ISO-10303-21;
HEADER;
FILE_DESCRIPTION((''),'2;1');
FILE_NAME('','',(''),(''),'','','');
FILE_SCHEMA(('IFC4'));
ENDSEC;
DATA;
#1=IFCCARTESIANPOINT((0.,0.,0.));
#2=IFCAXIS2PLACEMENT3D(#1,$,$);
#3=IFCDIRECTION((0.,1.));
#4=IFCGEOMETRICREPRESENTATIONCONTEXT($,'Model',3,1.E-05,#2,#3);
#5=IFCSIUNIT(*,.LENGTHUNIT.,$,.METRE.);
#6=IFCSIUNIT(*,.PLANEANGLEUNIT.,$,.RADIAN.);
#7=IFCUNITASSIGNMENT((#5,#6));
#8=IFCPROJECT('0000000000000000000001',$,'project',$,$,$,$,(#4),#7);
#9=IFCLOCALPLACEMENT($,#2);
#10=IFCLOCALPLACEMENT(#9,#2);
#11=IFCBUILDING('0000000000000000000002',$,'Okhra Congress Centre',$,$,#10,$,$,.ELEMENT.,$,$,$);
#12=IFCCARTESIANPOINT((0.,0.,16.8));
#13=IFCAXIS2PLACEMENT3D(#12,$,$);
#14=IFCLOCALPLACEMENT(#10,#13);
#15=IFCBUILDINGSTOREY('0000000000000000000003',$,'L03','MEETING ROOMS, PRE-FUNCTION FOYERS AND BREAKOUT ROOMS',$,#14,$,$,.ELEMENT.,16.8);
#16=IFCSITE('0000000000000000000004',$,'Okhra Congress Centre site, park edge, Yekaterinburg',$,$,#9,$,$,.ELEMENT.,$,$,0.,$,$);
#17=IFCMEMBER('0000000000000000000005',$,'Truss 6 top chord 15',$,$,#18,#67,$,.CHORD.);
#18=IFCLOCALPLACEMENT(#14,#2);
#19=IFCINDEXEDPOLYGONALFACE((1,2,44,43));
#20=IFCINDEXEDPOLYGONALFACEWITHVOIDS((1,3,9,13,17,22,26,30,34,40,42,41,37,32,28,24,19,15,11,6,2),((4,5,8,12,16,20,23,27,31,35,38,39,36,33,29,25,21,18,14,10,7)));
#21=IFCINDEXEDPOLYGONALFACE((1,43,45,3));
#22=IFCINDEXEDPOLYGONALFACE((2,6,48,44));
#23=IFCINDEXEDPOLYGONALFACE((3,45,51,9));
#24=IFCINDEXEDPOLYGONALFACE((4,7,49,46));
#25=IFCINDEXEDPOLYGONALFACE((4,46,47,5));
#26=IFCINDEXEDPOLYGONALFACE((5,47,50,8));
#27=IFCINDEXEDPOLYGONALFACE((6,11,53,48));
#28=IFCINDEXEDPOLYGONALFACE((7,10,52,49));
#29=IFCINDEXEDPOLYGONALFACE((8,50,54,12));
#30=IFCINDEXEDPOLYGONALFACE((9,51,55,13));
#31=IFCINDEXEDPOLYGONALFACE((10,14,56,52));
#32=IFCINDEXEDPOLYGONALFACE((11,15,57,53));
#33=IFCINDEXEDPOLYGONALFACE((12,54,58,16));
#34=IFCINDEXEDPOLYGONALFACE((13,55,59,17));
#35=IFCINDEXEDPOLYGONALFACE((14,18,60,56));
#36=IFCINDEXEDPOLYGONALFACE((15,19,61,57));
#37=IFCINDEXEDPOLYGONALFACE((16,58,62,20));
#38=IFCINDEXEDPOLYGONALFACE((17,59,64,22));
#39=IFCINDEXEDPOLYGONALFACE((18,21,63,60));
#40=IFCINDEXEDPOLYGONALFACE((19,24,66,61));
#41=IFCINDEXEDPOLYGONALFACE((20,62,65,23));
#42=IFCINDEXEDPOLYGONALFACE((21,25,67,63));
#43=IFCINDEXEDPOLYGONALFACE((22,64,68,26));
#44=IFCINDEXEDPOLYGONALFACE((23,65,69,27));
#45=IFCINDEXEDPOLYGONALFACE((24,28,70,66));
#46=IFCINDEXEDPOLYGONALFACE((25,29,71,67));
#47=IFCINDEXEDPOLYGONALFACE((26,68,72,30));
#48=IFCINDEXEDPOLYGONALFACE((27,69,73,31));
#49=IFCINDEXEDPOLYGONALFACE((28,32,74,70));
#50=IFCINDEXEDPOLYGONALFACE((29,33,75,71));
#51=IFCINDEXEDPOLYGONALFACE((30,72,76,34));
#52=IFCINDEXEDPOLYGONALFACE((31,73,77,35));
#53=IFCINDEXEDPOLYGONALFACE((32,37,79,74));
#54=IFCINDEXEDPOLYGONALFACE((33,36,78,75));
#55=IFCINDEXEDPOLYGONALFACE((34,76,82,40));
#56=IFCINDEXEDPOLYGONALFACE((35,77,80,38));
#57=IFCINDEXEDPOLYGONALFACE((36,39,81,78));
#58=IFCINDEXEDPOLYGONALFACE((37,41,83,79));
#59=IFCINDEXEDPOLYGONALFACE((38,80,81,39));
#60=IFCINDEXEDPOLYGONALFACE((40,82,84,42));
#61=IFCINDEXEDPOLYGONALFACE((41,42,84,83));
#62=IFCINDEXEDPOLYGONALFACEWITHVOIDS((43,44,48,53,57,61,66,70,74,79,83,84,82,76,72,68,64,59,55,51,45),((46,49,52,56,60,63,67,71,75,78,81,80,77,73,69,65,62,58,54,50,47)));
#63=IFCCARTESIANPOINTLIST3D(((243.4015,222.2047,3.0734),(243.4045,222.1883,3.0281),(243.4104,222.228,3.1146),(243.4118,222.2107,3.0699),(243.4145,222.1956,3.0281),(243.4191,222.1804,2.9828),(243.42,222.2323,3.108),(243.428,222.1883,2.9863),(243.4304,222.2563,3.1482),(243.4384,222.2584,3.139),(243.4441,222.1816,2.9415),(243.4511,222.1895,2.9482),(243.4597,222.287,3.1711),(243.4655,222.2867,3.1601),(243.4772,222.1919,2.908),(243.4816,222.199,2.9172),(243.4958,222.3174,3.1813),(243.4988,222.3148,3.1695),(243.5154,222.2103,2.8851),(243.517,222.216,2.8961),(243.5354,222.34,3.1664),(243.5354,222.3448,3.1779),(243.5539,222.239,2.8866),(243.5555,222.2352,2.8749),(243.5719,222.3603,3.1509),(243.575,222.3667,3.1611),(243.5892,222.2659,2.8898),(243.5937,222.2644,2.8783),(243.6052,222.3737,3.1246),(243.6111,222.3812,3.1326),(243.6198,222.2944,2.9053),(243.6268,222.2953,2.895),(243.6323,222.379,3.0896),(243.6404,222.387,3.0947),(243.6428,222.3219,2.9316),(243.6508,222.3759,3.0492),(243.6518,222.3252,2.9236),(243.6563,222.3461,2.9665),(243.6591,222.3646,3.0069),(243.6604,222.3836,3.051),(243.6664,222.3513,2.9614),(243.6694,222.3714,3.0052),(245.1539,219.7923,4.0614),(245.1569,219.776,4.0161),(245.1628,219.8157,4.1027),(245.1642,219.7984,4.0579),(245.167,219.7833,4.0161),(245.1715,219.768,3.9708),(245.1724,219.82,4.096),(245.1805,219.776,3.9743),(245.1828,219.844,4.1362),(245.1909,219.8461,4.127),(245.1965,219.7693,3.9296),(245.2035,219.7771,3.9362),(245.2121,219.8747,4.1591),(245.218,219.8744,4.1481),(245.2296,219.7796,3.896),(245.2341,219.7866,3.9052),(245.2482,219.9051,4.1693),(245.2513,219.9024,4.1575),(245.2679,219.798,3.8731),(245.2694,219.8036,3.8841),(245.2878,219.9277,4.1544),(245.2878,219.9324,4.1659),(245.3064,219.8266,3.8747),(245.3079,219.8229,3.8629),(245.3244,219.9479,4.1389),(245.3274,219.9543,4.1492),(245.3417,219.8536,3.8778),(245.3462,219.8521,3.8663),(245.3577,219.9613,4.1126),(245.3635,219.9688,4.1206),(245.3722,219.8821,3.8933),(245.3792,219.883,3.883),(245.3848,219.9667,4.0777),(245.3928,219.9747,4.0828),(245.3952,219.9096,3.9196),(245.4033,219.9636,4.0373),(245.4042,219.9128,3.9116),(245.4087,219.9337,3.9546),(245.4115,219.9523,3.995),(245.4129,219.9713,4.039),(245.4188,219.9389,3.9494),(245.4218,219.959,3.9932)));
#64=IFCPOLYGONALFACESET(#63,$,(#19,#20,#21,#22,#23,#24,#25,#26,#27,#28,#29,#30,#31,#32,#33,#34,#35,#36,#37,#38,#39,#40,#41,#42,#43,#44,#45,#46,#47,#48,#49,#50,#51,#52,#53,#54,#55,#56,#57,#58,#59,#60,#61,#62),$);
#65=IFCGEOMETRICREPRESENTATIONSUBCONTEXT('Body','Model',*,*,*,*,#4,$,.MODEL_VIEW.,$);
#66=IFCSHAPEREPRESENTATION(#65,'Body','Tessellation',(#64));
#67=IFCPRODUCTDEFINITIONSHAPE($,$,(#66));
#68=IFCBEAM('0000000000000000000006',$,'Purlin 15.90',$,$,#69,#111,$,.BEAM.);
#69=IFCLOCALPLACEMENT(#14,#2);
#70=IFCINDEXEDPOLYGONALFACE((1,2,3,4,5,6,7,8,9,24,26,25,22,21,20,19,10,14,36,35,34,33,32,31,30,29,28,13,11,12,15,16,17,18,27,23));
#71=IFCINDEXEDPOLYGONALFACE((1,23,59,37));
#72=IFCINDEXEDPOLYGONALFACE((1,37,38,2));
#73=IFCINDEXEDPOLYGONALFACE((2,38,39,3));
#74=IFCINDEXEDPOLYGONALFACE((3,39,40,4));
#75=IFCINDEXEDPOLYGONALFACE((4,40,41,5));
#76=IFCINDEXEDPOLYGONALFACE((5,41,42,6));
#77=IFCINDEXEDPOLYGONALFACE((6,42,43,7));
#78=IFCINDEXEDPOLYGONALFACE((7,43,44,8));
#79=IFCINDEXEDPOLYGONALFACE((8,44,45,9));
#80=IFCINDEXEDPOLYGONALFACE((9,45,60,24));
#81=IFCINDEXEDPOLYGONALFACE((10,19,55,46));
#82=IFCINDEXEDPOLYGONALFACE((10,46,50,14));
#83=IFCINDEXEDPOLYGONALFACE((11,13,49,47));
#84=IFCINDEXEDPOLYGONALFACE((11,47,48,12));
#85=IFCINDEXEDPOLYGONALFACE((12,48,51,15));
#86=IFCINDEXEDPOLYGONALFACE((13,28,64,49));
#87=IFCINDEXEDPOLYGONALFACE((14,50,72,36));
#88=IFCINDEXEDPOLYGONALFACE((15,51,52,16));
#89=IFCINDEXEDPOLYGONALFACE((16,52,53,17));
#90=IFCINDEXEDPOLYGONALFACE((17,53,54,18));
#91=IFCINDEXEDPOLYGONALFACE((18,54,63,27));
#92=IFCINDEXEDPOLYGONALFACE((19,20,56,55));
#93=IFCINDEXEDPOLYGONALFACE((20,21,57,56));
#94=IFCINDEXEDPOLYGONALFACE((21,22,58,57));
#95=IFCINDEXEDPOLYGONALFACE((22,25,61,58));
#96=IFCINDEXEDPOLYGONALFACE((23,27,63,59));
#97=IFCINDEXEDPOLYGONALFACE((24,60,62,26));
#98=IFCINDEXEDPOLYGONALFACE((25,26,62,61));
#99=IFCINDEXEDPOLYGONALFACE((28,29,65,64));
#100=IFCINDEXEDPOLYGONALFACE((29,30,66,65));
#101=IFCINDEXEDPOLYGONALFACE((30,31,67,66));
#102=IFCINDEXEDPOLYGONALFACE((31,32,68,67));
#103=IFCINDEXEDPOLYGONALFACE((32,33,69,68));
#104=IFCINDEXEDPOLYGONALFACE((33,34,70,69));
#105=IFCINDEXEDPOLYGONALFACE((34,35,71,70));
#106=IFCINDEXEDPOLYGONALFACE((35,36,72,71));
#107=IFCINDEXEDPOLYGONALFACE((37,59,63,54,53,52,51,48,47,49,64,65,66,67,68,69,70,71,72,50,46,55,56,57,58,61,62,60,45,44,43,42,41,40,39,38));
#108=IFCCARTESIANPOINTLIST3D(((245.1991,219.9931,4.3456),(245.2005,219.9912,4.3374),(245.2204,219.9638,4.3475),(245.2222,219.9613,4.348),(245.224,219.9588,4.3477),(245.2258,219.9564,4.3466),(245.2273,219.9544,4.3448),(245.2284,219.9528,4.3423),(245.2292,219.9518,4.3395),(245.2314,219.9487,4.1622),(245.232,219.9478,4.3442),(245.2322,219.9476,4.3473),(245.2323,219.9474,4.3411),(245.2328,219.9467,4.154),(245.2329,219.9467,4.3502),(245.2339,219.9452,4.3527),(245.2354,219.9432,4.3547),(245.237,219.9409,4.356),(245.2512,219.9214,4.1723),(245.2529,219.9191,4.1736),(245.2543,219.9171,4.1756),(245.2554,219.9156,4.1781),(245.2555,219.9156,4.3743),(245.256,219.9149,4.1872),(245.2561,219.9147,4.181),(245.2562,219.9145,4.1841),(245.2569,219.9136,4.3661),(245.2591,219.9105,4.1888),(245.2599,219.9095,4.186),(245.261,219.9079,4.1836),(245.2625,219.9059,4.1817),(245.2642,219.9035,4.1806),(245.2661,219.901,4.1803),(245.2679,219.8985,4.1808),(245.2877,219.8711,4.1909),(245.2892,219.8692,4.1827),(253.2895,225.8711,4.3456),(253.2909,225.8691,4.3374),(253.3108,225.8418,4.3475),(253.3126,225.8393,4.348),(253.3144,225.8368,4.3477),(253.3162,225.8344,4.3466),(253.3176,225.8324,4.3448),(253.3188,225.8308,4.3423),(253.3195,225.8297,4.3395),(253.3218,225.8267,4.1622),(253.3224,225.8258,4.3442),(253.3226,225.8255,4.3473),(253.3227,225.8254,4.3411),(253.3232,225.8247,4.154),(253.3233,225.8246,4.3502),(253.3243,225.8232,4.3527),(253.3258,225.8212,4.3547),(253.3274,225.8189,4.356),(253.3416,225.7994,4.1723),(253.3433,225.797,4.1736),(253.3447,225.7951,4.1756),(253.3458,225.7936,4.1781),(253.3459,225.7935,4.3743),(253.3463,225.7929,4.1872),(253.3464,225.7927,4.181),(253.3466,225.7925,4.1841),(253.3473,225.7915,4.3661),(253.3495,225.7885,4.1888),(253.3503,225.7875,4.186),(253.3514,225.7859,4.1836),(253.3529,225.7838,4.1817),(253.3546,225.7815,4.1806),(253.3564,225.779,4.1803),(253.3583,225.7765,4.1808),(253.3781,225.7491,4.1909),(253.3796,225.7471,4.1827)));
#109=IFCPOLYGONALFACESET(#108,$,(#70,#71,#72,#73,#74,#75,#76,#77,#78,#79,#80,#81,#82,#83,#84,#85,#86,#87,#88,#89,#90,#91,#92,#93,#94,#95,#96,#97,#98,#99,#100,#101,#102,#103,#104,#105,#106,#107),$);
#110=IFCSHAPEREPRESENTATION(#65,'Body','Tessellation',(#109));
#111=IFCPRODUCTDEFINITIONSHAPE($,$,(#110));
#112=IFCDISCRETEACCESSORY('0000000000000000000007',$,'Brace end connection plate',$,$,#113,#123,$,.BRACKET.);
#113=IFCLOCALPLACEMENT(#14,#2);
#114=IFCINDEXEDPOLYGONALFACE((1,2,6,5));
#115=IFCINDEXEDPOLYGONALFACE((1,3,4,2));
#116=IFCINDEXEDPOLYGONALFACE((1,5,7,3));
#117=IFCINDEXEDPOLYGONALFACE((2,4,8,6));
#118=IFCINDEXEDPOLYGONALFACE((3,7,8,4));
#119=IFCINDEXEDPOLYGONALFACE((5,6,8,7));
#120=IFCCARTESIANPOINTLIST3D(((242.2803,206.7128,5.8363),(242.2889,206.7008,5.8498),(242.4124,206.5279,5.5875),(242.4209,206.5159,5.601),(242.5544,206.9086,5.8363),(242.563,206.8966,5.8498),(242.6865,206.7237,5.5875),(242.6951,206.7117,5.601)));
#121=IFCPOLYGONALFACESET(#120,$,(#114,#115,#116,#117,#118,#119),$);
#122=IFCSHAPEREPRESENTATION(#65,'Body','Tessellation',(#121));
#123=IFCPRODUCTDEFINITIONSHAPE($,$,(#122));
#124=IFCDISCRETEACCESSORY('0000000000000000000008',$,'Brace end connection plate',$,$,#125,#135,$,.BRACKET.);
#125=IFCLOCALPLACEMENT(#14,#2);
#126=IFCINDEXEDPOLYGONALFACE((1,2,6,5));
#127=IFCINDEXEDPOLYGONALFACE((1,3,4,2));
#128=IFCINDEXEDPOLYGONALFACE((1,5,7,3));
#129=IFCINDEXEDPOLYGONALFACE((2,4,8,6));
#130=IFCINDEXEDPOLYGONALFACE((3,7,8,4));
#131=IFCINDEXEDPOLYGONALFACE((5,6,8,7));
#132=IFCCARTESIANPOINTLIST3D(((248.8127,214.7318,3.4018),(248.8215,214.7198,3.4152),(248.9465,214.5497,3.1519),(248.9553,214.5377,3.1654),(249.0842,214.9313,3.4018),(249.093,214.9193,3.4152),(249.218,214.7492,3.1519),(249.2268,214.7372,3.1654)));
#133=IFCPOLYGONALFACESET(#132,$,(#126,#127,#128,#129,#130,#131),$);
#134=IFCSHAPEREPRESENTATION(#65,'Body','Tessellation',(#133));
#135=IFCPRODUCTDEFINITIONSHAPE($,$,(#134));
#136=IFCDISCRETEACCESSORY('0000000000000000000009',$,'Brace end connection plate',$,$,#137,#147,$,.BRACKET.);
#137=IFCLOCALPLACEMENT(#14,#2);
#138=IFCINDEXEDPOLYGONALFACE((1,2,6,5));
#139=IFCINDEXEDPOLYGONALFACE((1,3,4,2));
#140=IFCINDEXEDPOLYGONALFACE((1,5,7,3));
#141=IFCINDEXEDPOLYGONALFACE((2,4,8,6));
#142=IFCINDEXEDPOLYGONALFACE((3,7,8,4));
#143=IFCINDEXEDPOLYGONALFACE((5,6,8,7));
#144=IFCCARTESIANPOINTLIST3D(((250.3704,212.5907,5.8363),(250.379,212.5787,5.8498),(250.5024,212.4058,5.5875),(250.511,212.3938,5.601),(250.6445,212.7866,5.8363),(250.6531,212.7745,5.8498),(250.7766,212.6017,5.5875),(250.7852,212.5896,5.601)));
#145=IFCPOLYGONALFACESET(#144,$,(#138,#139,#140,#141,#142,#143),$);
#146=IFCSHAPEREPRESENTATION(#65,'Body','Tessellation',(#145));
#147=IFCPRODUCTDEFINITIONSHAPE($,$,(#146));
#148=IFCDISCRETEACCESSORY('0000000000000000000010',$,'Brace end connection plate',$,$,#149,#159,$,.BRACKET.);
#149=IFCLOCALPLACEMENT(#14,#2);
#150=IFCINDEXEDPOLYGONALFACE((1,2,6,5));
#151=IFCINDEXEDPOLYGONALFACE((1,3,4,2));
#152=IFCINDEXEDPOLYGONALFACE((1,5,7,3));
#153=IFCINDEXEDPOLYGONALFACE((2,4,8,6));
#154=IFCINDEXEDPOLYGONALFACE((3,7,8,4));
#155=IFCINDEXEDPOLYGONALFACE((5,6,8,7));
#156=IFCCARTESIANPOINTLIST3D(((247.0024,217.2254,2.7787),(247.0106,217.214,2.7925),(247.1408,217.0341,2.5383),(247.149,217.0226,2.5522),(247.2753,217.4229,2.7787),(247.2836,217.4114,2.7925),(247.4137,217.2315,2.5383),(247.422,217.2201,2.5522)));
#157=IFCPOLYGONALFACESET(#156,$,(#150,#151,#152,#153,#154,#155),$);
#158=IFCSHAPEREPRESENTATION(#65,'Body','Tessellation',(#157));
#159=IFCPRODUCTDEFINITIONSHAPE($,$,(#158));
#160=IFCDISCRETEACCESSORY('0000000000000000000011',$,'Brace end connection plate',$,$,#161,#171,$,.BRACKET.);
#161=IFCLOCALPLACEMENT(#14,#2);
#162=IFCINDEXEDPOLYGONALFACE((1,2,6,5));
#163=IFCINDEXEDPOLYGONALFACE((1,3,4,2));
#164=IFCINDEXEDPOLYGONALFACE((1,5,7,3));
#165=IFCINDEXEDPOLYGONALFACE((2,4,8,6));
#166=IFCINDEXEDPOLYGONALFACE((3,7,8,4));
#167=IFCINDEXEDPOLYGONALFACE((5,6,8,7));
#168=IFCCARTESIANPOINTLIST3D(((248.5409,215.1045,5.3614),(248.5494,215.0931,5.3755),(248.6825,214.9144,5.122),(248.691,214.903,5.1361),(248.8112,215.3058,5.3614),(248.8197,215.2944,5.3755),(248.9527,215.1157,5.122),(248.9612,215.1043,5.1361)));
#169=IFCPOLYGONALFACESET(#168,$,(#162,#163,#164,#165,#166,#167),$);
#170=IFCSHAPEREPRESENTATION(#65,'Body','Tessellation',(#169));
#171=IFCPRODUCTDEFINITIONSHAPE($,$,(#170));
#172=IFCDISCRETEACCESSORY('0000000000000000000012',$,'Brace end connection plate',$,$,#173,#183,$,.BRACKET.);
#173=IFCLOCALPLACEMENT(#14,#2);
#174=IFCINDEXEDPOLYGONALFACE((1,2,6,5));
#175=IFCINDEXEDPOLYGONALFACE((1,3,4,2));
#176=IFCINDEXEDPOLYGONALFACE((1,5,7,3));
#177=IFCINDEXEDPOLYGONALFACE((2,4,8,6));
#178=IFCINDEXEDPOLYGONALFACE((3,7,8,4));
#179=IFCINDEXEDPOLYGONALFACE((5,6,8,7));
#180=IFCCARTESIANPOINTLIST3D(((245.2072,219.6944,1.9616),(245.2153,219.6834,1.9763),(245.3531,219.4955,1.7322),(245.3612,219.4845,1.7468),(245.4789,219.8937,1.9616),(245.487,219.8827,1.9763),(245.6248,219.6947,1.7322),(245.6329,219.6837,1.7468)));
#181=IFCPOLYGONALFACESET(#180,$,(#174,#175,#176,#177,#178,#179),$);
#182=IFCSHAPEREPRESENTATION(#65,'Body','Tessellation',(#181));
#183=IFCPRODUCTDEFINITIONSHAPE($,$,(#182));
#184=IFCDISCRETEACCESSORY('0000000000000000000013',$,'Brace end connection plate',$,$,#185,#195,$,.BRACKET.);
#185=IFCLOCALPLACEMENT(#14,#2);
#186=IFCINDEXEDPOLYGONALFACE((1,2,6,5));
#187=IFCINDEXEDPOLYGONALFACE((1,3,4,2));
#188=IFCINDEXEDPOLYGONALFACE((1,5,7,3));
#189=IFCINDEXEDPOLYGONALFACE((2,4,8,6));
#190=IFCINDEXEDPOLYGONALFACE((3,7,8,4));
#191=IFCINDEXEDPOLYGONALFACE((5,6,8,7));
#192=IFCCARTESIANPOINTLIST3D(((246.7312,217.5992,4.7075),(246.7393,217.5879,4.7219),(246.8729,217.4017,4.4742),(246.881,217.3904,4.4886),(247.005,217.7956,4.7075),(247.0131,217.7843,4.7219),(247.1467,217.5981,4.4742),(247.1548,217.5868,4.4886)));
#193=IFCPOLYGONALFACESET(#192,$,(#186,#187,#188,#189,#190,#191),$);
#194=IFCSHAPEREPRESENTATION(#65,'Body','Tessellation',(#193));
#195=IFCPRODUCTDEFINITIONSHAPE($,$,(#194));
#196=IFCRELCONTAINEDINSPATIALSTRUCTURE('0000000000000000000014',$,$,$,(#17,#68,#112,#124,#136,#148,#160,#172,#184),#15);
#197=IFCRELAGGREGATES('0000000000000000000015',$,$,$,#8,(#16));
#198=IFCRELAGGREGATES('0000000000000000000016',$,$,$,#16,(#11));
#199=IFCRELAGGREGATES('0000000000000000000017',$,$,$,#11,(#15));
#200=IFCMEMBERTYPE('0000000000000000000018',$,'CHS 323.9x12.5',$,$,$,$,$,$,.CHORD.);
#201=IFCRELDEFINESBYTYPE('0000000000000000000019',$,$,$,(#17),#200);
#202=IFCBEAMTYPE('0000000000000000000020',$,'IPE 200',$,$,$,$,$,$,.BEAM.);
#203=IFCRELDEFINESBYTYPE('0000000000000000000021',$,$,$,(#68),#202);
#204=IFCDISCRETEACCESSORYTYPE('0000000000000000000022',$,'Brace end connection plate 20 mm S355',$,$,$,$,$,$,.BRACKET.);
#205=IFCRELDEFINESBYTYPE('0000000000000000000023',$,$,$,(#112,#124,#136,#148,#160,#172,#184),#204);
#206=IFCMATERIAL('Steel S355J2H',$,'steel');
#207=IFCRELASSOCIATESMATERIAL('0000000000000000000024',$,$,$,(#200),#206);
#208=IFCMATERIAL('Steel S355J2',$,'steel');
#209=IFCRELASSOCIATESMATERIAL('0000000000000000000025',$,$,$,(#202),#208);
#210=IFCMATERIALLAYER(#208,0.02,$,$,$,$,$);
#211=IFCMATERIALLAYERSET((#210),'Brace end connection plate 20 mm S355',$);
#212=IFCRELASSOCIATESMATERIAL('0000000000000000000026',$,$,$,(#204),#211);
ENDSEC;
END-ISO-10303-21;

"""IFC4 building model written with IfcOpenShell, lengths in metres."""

from ifc_helpers import new_model, si_unit, direction, frame, origin, origin_2d, place, context, subcontext, project, spatial, rectangle, hollow_circle, i_section, extrude, material, layer, layer_set, material_profile, profile_set, type_object, element, save


model = new_model("IFC4")

# Units and contexts
model_context = context("Model", 3, precision=1e-05, world=origin(), true_north=direction((0.0, 1.0)))
body_context = subcontext(model_context, "Body", "Model", "MODEL_VIEW")
ifc_project = project(units=[si_unit("LENGTHUNIT", "METRE"), si_unit("PLANEANGLEUNIT", "RADIAN")], contexts=[model_context])

# Site, building, storey
site_placement = place(None, origin())
site = spatial("IfcSite", under=ifc_project, at=site_placement, Name="Okhra Congress Centre site, park edge, Yekaterinburg", CompositionType="ELEMENT", RefElevation=0.0)
building_placement = place(site_placement, origin())
building = spatial("IfcBuilding", under=site, at=building_placement, Name="Okhra Congress Centre", CompositionType="ELEMENT")
storey_placement = place(building_placement, frame((0.0, 0.0, 16.8)))
storey = spatial("IfcBuildingStorey", under=building, at=storey_placement, Name="L03", Description="MEETING ROOMS, PRE-FUNCTION FOYERS AND BREAKOUT ROOMS", CompositionType="ELEMENT", Elevation=16.8)

# Member
ifc_material_1 = material(Name="Steel S355J2H", Category="steel")
ifc_material_profile_1 = material_profile(ifc_material_1, hollow_circle(Radius=0.1619, WallThickness=0.0125, at=origin_2d()), Name="CHS 323.9x12.5")
ifc_profile_set_1 = profile_set([ifc_material_profile_1], Name="Steel S355J2H")
member_type_1 = type_object("IfcMemberType", Name="CHS 323.9x12.5", PredefinedType="CHORD", material=ifc_profile_set_1)
for number, where, z_axis, x_axis, name in (
    (1, (245.2878, 219.8711, 4.0161), (-0.557901, 0.767988, -0.314548), (-0.809055, -0.587733, 0.0), "Truss 6 top chord 15"),
):
    element("IfcMember", number, at=place(storey_placement, frame(where, z_axis=z_axis, x_axis=x_axis)), inside=storey, type_object=member_type_1, Name=name, PredefinedType="CHORD", context=body_context, shape_type="SweptSolid", body=[
        extrude(hollow_circle(Radius=0.1619, WallThickness=0.0125, at=origin_2d()), origin(), (0.0, 0.0, 1.0), 3.1411),
    ])

# Beam
ifc_material_2 = material(Name="Steel S355J2", Category="steel")
ifc_material_profile_2 = material_profile(ifc_material_2, i_section(OverallWidth=0.1001, OverallDepth=0.2, WebThickness=0.0056, FlangeThickness=0.0085, FilletRadius=0.012, at=origin_2d()), Name="IPE 200")
ifc_profile_set_2 = profile_set([ifc_material_profile_2], Name="Steel S355J2")
beam_type = type_object("IfcBeamType", Name="IPE 200", PredefinedType="BEAM", material=ifc_profile_set_2)
beam_placement = place(storey_placement, frame((245.2441, 219.9312, 4.2642), z_axis=(0.809019, 0.587783, 0.0), x_axis=(-0.56309, 0.775032, -0.286803)))
element("IfcBeam", 2, at=beam_placement, inside=storey, type_object=beam_type, Name="Purlin 15.90", PredefinedType="BEAM", context=body_context, shape_type="SweptSolid", body=[
    extrude(i_section(OverallWidth=0.1001, OverallDepth=0.2, WebThickness=0.0056, FlangeThickness=0.0085, FilletRadius=0.012, at=origin_2d()), origin(), (0.0, 0.0, 1.0), 10.0002),
])

# Discrete accessories
ifc_layer = layer(ifc_material_2, 0.02)
ifc_layer_set = layer_set([ifc_layer], Name="Brace end connection plate 20 mm S355")
discrete_accessory_type = type_object("IfcDiscreteAccessoryType", Name="Brace end connection plate 20 mm S355", PredefinedType="BRACKET", material=ifc_layer_set)
for number, where, z_axis, x_axis, name in (
    (3, (242.4834, 206.7183, 5.7119), (0.429165, -0.600831, 0.674403), (0.813733, 0.581238, 0.0), "Brace end connection plate"),
    (4, (249.0242, 214.7285, 3.2903), (-0.43909, 0.59765, -0.670831), (-0.805882, -0.592076, 0.0), "Brace end connection plate"),
    (5, (250.5735, 212.5962, 5.7119), (0.429165, -0.600831, 0.674403), (0.813733, 0.581238, 0.0), "Brace end connection plate"),
):
    element("IfcDiscreteAccessory", number, at=place(storey_placement, frame(where, z_axis=z_axis, x_axis=x_axis)), inside=storey, type_object=discrete_accessory_type, Name=name, PredefinedType="BRACKET", context=body_context, shape_type="SweptSolid", body=[
        extrude(rectangle(XDim=0.3369, YDim=0.3369, at=origin_2d()), origin(), (0.0, 0.0, 1.0), 0.02),
    ])
discrete_accessory_placement = place(storey_placement, frame((247.2163, 217.217, 2.6724), z_axis=(-0.418068, 0.577917, -0.700879), x_axis=(-0.810224, -0.58612, 0.0)))
element("IfcDiscreteAccessory", 6, at=discrete_accessory_placement, inside=storey, type_object=discrete_accessory_type, Name="Brace end connection plate", PredefinedType="BRACKET", context=body_context, shape_type="SweptSolid", body=[
    extrude(rectangle(XDim=0.3369, YDim=0.3369, at=origin_2d()), origin(), (0.0, 0.0, 1.0), 0.0198),
])
for number, where, z_axis, x_axis, name in (
    (7, (248.7468, 215.1101, 5.2417), (0.4245, -0.570043, 0.703457), (0.802043, 0.597266, 0.0), "Brace end connection plate"),
    (8, (245.4241, 219.6836, 1.8616), (-0.402739, 0.549189, -0.732252), (-0.806405, -0.591364, 0.0), "Brace end connection plate"),
    (9, (246.939, 217.5986, 4.5908), (0.403581, -0.562568, 0.721554), (0.812538, 0.582908, 0.0), "Brace end connection plate"),
):
    element("IfcDiscreteAccessory", number, at=place(storey_placement, frame(where, z_axis=z_axis, x_axis=x_axis)), inside=storey, type_object=discrete_accessory_type, Name=name, PredefinedType="BRACKET", context=body_context, shape_type="SweptSolid", body=[
        extrude(rectangle(XDim=0.3369, YDim=0.3369, at=origin_2d()), origin(), (0.0, 0.0, 1.0), 0.02),
    ])

save(model, "model.ifc")
